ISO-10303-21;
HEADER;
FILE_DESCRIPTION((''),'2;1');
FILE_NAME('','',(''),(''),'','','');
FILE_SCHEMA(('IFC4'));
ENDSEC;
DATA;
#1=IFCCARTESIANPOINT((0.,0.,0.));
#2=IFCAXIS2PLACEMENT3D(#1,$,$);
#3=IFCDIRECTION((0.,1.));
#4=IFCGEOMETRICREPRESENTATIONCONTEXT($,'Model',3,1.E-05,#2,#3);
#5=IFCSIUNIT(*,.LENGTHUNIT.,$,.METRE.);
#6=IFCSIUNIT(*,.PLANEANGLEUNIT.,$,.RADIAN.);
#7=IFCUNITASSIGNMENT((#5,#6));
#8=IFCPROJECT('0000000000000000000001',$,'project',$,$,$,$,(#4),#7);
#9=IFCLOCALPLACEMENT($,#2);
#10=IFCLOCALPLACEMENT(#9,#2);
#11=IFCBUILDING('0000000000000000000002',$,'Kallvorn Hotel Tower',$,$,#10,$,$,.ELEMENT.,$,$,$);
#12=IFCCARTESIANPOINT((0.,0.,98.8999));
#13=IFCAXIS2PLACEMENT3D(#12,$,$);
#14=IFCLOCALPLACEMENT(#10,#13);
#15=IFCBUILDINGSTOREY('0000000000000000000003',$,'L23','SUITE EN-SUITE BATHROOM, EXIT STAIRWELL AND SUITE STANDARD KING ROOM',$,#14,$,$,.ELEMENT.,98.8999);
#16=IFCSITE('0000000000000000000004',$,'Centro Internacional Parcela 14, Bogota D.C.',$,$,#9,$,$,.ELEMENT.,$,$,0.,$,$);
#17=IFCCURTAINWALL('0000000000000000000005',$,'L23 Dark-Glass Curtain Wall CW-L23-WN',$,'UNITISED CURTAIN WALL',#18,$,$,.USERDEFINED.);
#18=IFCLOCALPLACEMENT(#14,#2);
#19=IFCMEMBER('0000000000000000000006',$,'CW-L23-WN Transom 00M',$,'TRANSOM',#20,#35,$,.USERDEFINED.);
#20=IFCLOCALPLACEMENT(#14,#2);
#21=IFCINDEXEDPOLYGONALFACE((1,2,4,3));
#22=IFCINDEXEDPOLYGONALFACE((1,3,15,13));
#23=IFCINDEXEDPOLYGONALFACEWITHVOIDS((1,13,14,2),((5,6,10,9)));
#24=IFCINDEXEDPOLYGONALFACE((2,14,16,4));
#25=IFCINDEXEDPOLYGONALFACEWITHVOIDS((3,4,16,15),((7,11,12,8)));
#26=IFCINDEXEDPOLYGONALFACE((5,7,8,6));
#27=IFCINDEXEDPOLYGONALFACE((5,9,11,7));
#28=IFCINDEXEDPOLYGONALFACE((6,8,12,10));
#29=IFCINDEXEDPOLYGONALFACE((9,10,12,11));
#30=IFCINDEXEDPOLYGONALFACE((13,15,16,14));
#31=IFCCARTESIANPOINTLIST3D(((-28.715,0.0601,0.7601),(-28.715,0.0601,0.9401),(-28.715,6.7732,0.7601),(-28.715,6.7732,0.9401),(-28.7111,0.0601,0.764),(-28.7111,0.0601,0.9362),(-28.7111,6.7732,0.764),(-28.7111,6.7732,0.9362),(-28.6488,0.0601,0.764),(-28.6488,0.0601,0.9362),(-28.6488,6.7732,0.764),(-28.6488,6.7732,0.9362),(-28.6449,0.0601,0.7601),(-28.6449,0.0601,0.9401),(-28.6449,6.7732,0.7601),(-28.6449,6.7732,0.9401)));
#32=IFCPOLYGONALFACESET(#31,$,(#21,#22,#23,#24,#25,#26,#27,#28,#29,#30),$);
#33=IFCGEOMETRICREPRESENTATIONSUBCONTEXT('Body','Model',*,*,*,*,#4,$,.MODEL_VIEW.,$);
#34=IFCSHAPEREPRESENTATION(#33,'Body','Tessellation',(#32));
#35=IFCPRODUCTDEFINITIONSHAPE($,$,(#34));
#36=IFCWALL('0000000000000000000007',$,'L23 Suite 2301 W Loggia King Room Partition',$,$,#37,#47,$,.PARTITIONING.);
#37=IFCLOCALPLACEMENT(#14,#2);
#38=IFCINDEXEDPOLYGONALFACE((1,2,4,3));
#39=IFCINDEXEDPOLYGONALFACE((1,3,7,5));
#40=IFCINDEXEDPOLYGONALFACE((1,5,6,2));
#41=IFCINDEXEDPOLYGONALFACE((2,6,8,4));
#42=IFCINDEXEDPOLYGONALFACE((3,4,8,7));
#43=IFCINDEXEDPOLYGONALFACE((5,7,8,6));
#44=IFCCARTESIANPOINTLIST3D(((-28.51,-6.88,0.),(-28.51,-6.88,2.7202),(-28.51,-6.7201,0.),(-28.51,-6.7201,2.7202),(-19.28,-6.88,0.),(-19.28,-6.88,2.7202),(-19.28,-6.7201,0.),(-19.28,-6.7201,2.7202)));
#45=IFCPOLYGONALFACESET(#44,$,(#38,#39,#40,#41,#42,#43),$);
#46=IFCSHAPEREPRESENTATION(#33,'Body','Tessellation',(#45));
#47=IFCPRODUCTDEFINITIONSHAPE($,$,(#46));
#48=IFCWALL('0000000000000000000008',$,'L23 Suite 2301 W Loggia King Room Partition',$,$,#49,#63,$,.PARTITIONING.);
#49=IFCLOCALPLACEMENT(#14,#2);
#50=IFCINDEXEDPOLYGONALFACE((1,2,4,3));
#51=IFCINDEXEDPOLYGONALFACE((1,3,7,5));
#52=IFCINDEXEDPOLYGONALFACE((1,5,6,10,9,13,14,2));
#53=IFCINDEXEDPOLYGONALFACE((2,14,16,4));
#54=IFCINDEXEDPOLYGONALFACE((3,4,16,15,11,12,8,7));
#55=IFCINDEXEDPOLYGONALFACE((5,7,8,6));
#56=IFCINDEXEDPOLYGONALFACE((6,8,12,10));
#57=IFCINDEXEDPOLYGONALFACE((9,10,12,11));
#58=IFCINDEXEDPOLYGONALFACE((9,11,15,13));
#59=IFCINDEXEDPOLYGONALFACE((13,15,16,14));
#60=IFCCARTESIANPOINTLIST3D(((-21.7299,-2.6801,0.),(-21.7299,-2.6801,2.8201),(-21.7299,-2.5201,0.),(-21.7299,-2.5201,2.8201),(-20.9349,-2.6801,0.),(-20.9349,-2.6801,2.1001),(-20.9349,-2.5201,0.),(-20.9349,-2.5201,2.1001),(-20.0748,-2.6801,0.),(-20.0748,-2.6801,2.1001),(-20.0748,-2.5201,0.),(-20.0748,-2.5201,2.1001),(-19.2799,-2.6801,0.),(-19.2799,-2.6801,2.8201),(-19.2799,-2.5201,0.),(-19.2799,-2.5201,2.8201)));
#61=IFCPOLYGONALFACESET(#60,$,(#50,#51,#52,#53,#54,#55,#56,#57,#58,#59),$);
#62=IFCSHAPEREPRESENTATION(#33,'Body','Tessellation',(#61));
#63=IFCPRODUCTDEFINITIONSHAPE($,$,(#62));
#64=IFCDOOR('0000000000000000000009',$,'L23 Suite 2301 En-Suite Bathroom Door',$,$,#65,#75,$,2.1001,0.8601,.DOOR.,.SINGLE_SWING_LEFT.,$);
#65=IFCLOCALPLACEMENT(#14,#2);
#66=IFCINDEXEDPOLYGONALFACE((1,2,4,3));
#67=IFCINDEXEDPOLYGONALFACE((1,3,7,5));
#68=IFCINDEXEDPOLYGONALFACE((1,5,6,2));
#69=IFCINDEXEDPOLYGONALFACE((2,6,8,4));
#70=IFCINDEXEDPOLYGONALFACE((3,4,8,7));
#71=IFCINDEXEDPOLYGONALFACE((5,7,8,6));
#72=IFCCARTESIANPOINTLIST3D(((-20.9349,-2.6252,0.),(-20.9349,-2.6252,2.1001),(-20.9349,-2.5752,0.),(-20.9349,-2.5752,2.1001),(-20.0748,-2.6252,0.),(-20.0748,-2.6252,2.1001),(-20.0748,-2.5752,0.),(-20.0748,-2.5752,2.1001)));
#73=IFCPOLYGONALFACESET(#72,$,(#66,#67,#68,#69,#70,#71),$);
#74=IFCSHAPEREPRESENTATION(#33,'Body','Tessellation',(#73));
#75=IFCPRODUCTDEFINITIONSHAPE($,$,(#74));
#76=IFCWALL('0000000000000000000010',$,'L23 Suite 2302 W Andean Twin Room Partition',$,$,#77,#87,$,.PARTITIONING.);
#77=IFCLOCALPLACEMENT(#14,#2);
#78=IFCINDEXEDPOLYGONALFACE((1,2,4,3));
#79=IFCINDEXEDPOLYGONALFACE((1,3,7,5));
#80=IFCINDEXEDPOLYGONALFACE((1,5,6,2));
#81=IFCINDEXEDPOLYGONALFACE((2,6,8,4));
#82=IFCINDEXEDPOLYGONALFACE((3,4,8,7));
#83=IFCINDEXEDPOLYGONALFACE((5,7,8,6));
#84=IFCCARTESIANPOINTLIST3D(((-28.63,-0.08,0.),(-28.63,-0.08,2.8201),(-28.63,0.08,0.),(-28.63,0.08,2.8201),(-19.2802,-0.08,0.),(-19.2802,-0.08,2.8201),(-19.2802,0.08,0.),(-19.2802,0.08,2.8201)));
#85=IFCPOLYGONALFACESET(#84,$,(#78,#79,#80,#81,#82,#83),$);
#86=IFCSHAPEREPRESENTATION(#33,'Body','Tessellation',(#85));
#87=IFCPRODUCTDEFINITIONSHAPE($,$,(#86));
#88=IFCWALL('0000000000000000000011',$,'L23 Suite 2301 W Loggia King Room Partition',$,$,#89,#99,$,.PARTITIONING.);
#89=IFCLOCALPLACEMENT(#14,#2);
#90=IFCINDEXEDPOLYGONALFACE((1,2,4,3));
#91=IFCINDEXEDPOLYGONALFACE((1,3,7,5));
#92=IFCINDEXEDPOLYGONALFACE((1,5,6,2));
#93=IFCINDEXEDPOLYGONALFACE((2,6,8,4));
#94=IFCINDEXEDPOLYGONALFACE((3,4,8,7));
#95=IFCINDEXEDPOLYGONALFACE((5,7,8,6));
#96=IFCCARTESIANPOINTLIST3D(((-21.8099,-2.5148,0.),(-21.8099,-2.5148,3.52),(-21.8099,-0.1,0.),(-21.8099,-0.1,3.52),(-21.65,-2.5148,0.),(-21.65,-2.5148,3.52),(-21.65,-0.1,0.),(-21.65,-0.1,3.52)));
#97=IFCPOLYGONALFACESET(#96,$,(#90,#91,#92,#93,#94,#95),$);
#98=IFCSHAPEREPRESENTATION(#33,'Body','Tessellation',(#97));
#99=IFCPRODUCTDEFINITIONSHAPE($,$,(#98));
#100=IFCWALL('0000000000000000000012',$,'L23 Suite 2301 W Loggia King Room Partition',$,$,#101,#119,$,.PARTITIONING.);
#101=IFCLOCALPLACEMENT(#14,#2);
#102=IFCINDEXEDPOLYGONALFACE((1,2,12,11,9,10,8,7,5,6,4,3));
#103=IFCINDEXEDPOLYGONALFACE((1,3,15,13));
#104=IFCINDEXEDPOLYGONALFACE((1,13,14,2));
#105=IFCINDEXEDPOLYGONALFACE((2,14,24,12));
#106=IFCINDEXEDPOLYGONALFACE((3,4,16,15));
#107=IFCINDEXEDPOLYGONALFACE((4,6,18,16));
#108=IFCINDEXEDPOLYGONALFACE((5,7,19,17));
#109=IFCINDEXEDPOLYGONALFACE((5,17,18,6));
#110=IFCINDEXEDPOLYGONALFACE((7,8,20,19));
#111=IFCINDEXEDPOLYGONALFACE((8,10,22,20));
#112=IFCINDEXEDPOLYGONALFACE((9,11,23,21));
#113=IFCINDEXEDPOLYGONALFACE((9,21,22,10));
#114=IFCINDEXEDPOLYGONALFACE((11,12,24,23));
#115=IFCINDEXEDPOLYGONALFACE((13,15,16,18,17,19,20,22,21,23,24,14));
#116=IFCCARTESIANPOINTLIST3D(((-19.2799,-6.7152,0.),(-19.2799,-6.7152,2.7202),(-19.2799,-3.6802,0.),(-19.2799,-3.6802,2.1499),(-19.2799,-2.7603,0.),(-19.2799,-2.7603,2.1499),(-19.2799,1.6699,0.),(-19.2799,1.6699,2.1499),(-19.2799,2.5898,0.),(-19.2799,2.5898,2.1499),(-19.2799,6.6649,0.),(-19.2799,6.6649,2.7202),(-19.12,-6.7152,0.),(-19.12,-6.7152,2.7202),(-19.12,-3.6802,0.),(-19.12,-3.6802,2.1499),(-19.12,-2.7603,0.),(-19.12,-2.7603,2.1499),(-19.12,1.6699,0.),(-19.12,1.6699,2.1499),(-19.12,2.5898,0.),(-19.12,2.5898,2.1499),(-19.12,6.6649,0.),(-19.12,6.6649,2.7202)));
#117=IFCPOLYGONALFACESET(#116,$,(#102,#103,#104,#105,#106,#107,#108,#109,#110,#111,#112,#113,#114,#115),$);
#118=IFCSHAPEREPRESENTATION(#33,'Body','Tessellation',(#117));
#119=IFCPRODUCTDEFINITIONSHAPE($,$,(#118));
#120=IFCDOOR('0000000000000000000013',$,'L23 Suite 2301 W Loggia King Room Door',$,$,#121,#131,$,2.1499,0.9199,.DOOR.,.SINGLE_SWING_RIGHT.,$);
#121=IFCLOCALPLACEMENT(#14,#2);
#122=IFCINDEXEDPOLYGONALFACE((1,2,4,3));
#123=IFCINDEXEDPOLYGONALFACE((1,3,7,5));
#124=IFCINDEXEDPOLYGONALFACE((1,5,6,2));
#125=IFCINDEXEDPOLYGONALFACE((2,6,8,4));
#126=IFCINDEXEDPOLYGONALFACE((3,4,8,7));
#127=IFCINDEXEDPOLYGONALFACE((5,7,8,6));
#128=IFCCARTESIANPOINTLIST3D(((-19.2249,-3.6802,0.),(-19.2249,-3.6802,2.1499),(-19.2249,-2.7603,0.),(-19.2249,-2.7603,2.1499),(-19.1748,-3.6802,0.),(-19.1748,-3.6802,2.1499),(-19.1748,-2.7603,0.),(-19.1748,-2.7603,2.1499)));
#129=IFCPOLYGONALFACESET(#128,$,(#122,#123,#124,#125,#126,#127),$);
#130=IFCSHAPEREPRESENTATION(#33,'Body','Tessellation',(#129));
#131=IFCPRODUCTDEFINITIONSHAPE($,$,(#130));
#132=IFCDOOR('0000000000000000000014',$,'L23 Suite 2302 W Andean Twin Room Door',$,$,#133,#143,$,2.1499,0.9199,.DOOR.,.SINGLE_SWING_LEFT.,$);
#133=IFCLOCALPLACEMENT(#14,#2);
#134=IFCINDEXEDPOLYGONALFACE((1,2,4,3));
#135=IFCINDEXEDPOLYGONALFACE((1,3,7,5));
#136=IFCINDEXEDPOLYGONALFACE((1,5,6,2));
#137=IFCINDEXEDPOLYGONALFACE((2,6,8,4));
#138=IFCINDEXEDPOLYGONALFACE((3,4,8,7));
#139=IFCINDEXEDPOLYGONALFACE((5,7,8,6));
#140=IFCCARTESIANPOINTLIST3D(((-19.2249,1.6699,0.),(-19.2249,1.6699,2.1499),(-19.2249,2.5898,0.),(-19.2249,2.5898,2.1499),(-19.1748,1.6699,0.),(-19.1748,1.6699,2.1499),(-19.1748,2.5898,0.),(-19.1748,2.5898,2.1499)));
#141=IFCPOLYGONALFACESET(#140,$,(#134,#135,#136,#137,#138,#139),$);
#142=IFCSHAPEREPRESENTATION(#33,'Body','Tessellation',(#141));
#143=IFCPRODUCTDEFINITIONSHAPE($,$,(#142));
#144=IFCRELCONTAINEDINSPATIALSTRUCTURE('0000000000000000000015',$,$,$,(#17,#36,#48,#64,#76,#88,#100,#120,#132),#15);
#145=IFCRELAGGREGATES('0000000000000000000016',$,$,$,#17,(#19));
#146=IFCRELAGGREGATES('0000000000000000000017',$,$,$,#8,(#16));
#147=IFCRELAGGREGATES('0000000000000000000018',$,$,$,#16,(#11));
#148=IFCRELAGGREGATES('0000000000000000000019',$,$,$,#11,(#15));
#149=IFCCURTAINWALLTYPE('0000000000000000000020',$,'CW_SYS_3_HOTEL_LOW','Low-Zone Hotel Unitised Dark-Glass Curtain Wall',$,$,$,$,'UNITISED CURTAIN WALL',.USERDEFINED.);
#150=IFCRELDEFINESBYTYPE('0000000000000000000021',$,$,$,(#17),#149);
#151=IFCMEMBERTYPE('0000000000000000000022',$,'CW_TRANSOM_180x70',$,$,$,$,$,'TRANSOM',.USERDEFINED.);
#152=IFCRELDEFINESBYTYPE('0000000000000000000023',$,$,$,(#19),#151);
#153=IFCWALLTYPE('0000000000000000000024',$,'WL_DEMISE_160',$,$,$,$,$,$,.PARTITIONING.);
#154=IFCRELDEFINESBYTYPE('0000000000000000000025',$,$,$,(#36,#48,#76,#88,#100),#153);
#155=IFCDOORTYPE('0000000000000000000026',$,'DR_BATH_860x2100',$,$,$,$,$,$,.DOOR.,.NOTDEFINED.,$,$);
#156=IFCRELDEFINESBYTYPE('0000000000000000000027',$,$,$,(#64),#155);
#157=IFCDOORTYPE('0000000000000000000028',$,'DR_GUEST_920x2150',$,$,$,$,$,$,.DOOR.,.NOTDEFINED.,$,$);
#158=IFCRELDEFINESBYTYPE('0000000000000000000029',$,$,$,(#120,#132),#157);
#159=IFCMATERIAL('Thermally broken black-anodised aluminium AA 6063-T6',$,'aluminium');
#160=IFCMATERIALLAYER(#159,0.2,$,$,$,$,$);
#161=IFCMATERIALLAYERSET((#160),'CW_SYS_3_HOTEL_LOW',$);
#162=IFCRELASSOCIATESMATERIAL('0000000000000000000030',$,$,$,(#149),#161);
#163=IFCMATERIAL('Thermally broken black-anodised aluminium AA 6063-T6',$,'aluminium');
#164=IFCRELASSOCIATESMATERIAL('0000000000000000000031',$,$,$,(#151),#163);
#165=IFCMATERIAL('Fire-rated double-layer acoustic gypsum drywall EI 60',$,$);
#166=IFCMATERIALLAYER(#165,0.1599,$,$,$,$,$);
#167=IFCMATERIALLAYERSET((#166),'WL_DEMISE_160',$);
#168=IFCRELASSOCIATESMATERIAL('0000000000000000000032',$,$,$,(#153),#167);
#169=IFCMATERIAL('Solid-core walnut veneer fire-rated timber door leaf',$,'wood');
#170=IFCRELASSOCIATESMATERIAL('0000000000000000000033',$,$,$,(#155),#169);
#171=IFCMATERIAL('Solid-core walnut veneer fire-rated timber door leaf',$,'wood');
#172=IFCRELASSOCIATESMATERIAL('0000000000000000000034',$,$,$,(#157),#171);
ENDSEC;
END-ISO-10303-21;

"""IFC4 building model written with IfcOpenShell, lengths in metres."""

from ifc_helpers import new_model, si_unit, direction, frame, frame_2d, origin, origin_2d, place, context, subcontext, project, spatial, rectangle, hollow_rectangle, extrude, material, layer, layer_set, material_profile, profile_set, type_object, element, fill, aggregate, save


model = new_model("IFC4")

# Units and contexts
model_context = context("Model", 3, precision=1e-05, world=origin(), true_north=direction((0.0, 1.0)))
body_context = subcontext(model_context, "Body", "Model", "MODEL_VIEW")
ifc_project = project(units=[si_unit("LENGTHUNIT", "METRE"), si_unit("PLANEANGLEUNIT", "RADIAN")], contexts=[model_context])

# Site, building, storey
site_placement = place(None, origin())
site = spatial("IfcSite", under=ifc_project, at=site_placement, Name="Centro Internacional Parcela 14, Bogota D.C.", CompositionType="ELEMENT", RefElevation=0.0)
building_placement = place(site_placement, origin())
building = spatial("IfcBuilding", under=site, at=building_placement, Name="Kallvorn Hotel Tower", CompositionType="ELEMENT")
storey_placement = place(building_placement, frame((0.0, 0.0, 98.8999)))
storey = spatial("IfcBuildingStorey", under=building, at=storey_placement, Name="L23", Description="SUITE EN-SUITE BATHROOM, EXIT STAIRWELL AND SUITE STANDARD KING ROOM", CompositionType="ELEMENT", Elevation=98.8999)

# Curtain wall, member
ifc_material_1 = material(Name="Thermally broken black-anodised aluminium AA 6063-T6", Category="aluminium")
ifc_layer_1 = layer(ifc_material_1, 0.2)
ifc_layer_set_1 = layer_set([ifc_layer_1], Name="CW_SYS_3_HOTEL_LOW")
curtain_wall_type = type_object("IfcCurtainWallType", Name="CW_SYS_3_HOTEL_LOW", Description="Low-Zone Hotel Unitised Dark-Glass Curtain Wall", ElementType="UNITISED CURTAIN WALL", PredefinedType="USERDEFINED", material=ifc_layer_set_1)
curtain_wall_placement = place(storey_placement, origin())
curtain_wall = element("IfcCurtainWall", 1, at=curtain_wall_placement, inside=storey, type_object=curtain_wall_type, Name="L23 Dark-Glass Curtain Wall CW-L23-WN", ObjectType="UNITISED CURTAIN WALL", PredefinedType="USERDEFINED")
ifc_material_2 = material(Name="Thermally broken black-anodised aluminium AA 6063-T6", Category="aluminium")
ifc_material_profile_1 = material_profile(ifc_material_2, hollow_rectangle(XDim=0.0701, YDim=0.1799, WallThickness=0.0039, at=origin_2d()), Name="TRN 180x70")
ifc_profile_set_1 = profile_set([ifc_material_profile_1], Name="Thermally broken black-anodised aluminium AA 6063-T6")
member_type_1 = type_object("IfcMemberType", Name="CW_TRANSOM_180x70", ElementType="TRANSOM", PredefinedType="USERDEFINED", material=ifc_profile_set_1)
member_1_placement = place(storey_placement, frame((-28.6799, 0.0601, 0.8501), z_axis=(0.0, 1.0, 0.0), x_axis=(-1.0, 0.0, 0.0)))
member_1 = element("IfcMember", 2, at=member_1_placement, type_object=member_type_1, Name="CW-L23-WN Transom 00M", ObjectType="TRANSOM", PredefinedType="USERDEFINED", context=body_context, shape_type="SweptSolid", body=[
    extrude(hollow_rectangle(XDim=0.0701, YDim=0.1799, WallThickness=0.0039, at=origin_2d()), origin(), (0.0, 0.0, 1.0), 6.7131),
])
aggregate(curtain_wall, [member_1])

# Wall
ifc_material_3 = material(Name="Fire-rated double-layer acoustic gypsum drywall EI 60")
ifc_layer_2 = layer(ifc_material_3, 0.1599)
ifc_layer_set_2 = layer_set([ifc_layer_2], Name="WL_DEMISE_160")
wall_type = type_object("IfcWallType", Name="WL_DEMISE_160", PredefinedType="PARTITIONING", material=ifc_layer_set_2)
wall_1_placement = place(storey_placement, frame((-28.51, -6.8, 0.0), z_axis=(0.0, 0.0, 1.0), x_axis=(1.0, 0.0, 0.0)))
element("IfcWall", 3, at=wall_1_placement, inside=storey, type_object=wall_type, Name="L23 Suite 2301 W Loggia King Room Partition", PredefinedType="PARTITIONING", context=body_context, shape_type="SweptSolid", body=[
    extrude(rectangle(XDim=9.23, YDim=0.1599, at=frame_2d((4.615, 0.0))), origin(), (0.0, 0.0, 1.0), 2.7202),
])

# Wall, opening, door
wall_2_placement = place(storey_placement, frame((-21.73, -2.6001, 0.0), z_axis=(0.0, 0.0, 1.0), x_axis=(1.0, 0.0, 0.0)))
wall_2 = element("IfcWall", 4, at=wall_2_placement, inside=storey, type_object=wall_type, Name="L23 Suite 2301 W Loggia King Room Partition", PredefinedType="PARTITIONING", context=body_context, shape_type="SweptSolid", body=[
    extrude(rectangle(XDim=2.45, YDim=0.1599, at=frame_2d((1.2251, 0.0))), origin(), (0.0, 0.0, 1.0), 2.8201),
])
opening_1_placement = place(wall_2_placement, frame((0.7949, 0.0, 0.0)))
opening_1 = element("IfcOpeningElement", 5, at=opening_1_placement, cuts=wall_2, PredefinedType="OPENING", context=body_context, shape_type="SweptSolid", body=[
    extrude(rectangle(XDim=0.8601, YDim=2.1001, at=frame_2d((0.4302, 1.05))), frame((0.0, 0.095, 0.0), z_axis=(0.0, -1.0, 0.0), x_axis=(1.0, 0.0, 0.0)), (0.0, 0.0, 1.0), 0.1899),
])
ifc_material_4 = material(Name="Solid-core walnut veneer fire-rated timber door leaf", Category="wood")
door_type_1 = type_object("IfcDoorType", Name="DR_BATH_860x2100", OperationType="NOTDEFINED", PredefinedType="DOOR", material=ifc_material_4)
door_1_placement = place(opening_1_placement, origin())
door_1 = element("IfcDoor", 6, at=door_1_placement, inside=storey, type_object=door_type_1, Name="L23 Suite 2301 En-Suite Bathroom Door", OperationType="SINGLE_SWING_LEFT", OverallHeight=2.1001, OverallWidth=0.8601, PredefinedType="DOOR", context=body_context, shape_type="SweptSolid", body=[
    extrude(rectangle(XDim=0.8601, YDim=2.1001, at=frame_2d((0.4302, 1.05))), frame((0.0, 0.0249, 0.0), z_axis=(0.0, -1.0, 0.0), x_axis=(1.0, 0.0, 0.0)), (0.0, 0.0, 1.0), 0.05),
])
fill(opening_1, door_1)

# Walls
wall_3_placement = place(storey_placement, frame((-28.6299, 0.0, 0.0), z_axis=(0.0, 0.0, 1.0), x_axis=(1.0, 0.0, 0.0)))
element("IfcWall", 7, at=wall_3_placement, inside=storey, type_object=wall_type, Name="L23 Suite 2302 W Andean Twin Room Partition", PredefinedType="PARTITIONING", context=body_context, shape_type="SweptSolid", body=[
    extrude(rectangle(XDim=9.3499, YDim=0.1599, at=frame_2d((4.6748, 0.0))), origin(), (0.0, 0.0, 1.0), 2.8201),
])
wall_4_placement = place(storey_placement, frame((-21.73, -2.5149, 0.0), z_axis=(0.0, 0.0, 1.0), x_axis=(0.0, 1.0, 0.0)))
element("IfcWall", 8, at=wall_4_placement, inside=storey, type_object=wall_type, Name="L23 Suite 2301 W Loggia King Room Partition", PredefinedType="PARTITIONING", context=body_context, shape_type="SweptSolid", body=[
    extrude(rectangle(XDim=2.4148, YDim=0.1599, at=frame_2d((1.2075, 0.0))), origin(), (0.0, 0.0, 1.0), 3.52),
])

# Wall, openings, doors
wall_5_placement = place(storey_placement, frame((-19.2, -6.7151, 0.0), z_axis=(0.0, 0.0, 1.0), x_axis=(0.0, 1.0, 0.0)))
wall_5 = element("IfcWall", 9, at=wall_5_placement, inside=storey, type_object=wall_type, Name="L23 Suite 2301 W Loggia King Room Partition", PredefinedType="PARTITIONING", context=body_context, shape_type="SweptSolid", body=[
    extrude(rectangle(XDim=13.3801, YDim=0.1599, at=frame_2d((6.6899, 0.0))), origin(), (0.0, 0.0, 1.0), 2.7202),
])
opening_2_placement = place(wall_5_placement, frame((3.0349, 0.0, 0.0)))
opening_2 = element("IfcOpeningElement", 10, at=opening_2_placement, cuts=wall_5, PredefinedType="OPENING", context=body_context, shape_type="SweptSolid", body=[
    extrude(rectangle(XDim=0.9199, YDim=2.1499, at=frame_2d((0.46, 1.075))), frame((0.0, 0.095, 0.0), z_axis=(0.0, -1.0, 0.0), x_axis=(1.0, 0.0, 0.0)), (0.0, 0.0, 1.0), 0.1899),
])
opening_3_placement = place(wall_5_placement, frame((8.385, 0.0, 0.0)))
opening_3 = element("IfcOpeningElement", 11, at=opening_3_placement, cuts=wall_5, PredefinedType="OPENING", context=body_context, shape_type="SweptSolid", body=[
    extrude(rectangle(XDim=0.9199, YDim=2.1499, at=frame_2d((0.46, 1.075))), frame((0.0, 0.095, 0.0), z_axis=(0.0, -1.0, 0.0), x_axis=(1.0, 0.0, 0.0)), (0.0, 0.0, 1.0), 0.1899),
])
ifc_material_5 = material(Name="Solid-core walnut veneer fire-rated timber door leaf", Category="wood")
door_type_2 = type_object("IfcDoorType", Name="DR_GUEST_920x2150", OperationType="NOTDEFINED", PredefinedType="DOOR", material=ifc_material_5)
door_2_placement = place(opening_2_placement, origin())
door_2 = element("IfcDoor", 12, at=door_2_placement, inside=storey, type_object=door_type_2, Name="L23 Suite 2301 W Loggia King Room Door", OperationType="SINGLE_SWING_RIGHT", OverallHeight=2.1499, OverallWidth=0.9199, PredefinedType="DOOR", context=body_context, shape_type="SweptSolid", body=[
    extrude(rectangle(XDim=0.9199, YDim=2.1499, at=frame_2d((0.46, 1.075))), frame((0.0, 0.0249, 0.0), z_axis=(0.0, -1.0, 0.0), x_axis=(1.0, 0.0, 0.0)), (0.0, 0.0, 1.0), 0.05),
])
fill(opening_2, door_2)
door_3_placement = place(opening_3_placement, origin())
door_3 = element("IfcDoor", 13, at=door_3_placement, inside=storey, type_object=door_type_2, Name="L23 Suite 2302 W Andean Twin Room Door", OperationType="SINGLE_SWING_LEFT", OverallHeight=2.1499, OverallWidth=0.9199, PredefinedType="DOOR", context=body_context, shape_type="SweptSolid", body=[
    extrude(rectangle(XDim=0.9199, YDim=2.1499, at=frame_2d((0.46, 1.075))), frame((0.0, 0.0249, 0.0), z_axis=(0.0, -1.0, 0.0), x_axis=(1.0, 0.0, 0.0)), (0.0, 0.0, 1.0), 0.05),
])
fill(opening_3, door_3)

save(model, "model.ifc")
